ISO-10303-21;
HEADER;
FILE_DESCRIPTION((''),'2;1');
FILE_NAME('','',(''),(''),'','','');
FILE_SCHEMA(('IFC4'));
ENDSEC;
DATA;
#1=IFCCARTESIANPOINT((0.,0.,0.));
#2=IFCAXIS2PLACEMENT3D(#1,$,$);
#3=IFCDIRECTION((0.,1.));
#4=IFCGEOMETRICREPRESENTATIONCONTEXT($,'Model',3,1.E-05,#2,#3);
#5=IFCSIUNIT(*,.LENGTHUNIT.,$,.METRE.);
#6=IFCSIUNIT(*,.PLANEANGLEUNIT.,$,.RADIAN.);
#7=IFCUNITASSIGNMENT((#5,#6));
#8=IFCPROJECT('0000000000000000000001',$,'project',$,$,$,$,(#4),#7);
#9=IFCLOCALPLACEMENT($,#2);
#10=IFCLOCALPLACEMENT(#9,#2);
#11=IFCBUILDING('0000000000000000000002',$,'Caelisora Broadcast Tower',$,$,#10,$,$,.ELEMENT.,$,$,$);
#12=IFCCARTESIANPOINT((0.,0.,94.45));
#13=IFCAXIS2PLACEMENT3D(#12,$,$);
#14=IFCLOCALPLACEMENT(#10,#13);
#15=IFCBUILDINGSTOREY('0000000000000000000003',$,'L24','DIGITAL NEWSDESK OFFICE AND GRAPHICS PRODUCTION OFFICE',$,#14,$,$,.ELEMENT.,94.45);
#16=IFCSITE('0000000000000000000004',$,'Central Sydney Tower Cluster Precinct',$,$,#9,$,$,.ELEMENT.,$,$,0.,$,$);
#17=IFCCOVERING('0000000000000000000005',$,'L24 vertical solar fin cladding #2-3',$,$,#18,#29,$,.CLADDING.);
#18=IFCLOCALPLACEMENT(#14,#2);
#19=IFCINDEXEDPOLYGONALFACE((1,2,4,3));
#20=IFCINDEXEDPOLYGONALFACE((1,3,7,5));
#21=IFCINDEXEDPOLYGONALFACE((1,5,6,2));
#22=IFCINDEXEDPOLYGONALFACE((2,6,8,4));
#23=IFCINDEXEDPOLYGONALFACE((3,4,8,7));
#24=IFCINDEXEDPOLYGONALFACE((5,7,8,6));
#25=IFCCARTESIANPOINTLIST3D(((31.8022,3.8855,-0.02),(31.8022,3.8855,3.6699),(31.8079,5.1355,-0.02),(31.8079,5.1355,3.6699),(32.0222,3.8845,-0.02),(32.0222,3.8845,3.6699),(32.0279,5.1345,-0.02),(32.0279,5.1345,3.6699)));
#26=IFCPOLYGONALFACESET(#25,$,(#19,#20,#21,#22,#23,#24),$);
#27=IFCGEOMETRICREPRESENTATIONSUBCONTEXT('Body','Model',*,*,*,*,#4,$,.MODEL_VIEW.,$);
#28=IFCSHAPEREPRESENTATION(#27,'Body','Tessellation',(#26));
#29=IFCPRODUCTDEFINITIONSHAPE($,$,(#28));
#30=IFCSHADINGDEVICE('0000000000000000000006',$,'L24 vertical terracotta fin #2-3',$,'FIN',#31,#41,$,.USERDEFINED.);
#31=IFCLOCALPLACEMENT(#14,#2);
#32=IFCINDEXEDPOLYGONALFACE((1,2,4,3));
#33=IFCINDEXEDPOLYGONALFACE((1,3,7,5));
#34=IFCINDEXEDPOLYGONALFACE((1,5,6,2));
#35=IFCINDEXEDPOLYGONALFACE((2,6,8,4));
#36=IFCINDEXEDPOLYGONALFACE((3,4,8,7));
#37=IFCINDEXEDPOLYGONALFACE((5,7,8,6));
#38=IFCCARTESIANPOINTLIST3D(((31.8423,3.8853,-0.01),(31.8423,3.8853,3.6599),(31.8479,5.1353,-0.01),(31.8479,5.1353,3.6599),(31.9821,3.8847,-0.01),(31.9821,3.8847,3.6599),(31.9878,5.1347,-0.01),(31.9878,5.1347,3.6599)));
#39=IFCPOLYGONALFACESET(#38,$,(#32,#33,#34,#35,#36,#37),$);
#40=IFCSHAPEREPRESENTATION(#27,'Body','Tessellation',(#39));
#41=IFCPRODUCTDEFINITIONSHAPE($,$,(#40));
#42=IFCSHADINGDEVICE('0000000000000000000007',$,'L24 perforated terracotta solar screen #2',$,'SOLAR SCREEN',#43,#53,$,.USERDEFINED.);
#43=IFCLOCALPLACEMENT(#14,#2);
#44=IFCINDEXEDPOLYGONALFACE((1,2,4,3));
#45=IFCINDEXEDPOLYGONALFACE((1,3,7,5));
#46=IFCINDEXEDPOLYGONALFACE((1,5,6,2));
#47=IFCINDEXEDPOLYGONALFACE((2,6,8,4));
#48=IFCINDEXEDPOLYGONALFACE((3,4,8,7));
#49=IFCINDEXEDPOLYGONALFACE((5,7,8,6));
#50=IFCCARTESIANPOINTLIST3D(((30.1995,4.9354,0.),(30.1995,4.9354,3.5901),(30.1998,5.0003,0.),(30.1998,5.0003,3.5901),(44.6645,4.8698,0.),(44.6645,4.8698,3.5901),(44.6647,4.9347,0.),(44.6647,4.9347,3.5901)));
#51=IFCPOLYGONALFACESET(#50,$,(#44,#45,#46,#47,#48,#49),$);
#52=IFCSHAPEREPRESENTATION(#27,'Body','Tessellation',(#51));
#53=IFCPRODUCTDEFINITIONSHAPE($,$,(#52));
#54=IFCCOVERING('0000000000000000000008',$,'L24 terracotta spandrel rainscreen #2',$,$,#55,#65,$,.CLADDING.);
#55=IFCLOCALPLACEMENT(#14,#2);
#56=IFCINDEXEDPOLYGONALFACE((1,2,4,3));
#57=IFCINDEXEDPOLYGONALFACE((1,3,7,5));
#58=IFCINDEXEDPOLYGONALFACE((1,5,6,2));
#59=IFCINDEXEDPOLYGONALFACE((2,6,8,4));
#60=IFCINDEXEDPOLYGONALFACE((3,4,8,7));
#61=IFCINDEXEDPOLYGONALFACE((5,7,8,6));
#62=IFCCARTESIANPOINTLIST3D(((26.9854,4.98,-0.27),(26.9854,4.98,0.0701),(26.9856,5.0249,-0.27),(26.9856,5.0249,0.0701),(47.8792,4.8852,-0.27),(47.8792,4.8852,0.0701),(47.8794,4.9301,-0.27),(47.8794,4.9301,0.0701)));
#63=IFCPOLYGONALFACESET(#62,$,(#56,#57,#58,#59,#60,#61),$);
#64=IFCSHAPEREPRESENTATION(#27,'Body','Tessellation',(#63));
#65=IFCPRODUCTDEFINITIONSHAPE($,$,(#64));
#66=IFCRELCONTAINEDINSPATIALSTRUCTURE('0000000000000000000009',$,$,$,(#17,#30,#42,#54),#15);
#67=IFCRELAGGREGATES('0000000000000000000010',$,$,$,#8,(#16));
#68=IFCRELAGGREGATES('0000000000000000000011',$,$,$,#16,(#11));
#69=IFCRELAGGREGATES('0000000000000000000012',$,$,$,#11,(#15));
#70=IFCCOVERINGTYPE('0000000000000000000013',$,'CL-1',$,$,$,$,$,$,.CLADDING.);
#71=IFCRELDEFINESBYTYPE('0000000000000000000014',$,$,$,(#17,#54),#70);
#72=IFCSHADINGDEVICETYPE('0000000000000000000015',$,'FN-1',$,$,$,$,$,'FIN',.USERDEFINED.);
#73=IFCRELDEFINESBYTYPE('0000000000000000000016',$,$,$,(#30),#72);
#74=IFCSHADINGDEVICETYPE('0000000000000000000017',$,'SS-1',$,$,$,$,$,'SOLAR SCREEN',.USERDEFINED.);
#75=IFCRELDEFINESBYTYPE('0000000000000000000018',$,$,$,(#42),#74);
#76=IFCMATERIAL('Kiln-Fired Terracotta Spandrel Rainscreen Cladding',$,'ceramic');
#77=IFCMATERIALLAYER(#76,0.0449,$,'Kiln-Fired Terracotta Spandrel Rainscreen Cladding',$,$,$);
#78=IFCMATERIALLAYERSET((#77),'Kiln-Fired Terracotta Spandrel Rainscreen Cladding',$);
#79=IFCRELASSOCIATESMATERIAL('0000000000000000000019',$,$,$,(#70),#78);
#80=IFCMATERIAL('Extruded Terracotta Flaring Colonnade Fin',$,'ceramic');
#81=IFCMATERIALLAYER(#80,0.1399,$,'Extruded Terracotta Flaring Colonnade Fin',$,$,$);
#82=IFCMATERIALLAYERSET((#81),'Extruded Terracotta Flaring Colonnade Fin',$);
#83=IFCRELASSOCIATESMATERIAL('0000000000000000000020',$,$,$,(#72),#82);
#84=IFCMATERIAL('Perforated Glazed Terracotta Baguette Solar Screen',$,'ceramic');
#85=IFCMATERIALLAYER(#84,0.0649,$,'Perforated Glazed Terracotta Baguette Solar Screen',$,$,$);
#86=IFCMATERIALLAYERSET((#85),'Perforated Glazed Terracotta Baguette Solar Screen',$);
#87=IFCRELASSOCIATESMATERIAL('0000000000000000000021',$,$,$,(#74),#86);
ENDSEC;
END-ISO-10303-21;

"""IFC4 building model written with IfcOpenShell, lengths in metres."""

from ifc_helpers import new_model, si_unit, direction, frame, origin, origin_2d, place, context, subcontext, project, spatial, rectangle, extrude, source, transform, mapped, material, layer, layer_set, type_object, type_shapes, element, save


model = new_model("IFC4")

# Units and contexts
model_context = context("Model", 3, precision=1e-05, world=origin(), true_north=direction((0.0, 1.0)))
body_context = subcontext(model_context, "Body", "Model", "MODEL_VIEW")
ifc_project = project(units=[si_unit("LENGTHUNIT", "METRE"), si_unit("PLANEANGLEUNIT", "RADIAN")], contexts=[model_context])

# Site, building, storey
site_placement = place(None, origin())
site = spatial("IfcSite", under=ifc_project, at=site_placement, Name="Central Sydney Tower Cluster Precinct", CompositionType="ELEMENT", RefElevation=0.0)
building_placement = place(site_placement, origin())
building = spatial("IfcBuilding", under=site, at=building_placement, Name="Caelisora Broadcast Tower", CompositionType="ELEMENT")
storey_placement = place(building_placement, frame((0.0, 0.0, 94.45)))
storey = spatial("IfcBuildingStorey", under=building, at=storey_placement, Name="L24", Description="DIGITAL NEWSDESK OFFICE AND GRAPHICS PRODUCTION OFFICE", CompositionType="ELEMENT", Elevation=94.45)

# Covering
ifc_material_1 = material(Name="Kiln-Fired Terracotta Spandrel Rainscreen Cladding", Category="ceramic")
ifc_layer_1 = layer(ifc_material_1, 0.0449, Name="Kiln-Fired Terracotta Spandrel Rainscreen Cladding")
ifc_layer_set_1 = layer_set([ifc_layer_1], Name="Kiln-Fired Terracotta Spandrel Rainscreen Cladding")
covering_type = type_object("IfcCoveringType", Name="CL-1", PredefinedType="CLADDING", material=ifc_layer_set_1)
shared_shape_1 = source(origin(), body_context, "Body", "SweptSolid", [
    extrude(rectangle(XDim=0.22, YDim=1.25, at=origin_2d()), origin(), (0.0, 0.0, 1.0), 3.6899),
])
covering_1_placement = place(storey_placement, frame((31.915, 4.51, -0.02), z_axis=(0.0, 0.0, 1.0), x_axis=(-0.99999, 0.004538, 0.0)))
element("IfcCovering", 1, at=covering_1_placement, inside=storey, type_object=covering_type, Name="L24 vertical solar fin cladding #2-3", PredefinedType="CLADDING", context=body_context, shape_type="MappedRepresentation", body=[
    mapped(shared_shape_1, transform((0.0, 0.0, 0.0), scale=1.0)),
])

# Shading devices
ifc_material_2 = material(Name="Extruded Terracotta Flaring Colonnade Fin", Category="ceramic")
ifc_layer_2 = layer(ifc_material_2, 0.1399, Name="Extruded Terracotta Flaring Colonnade Fin")
ifc_layer_set_2 = layer_set([ifc_layer_2], Name="Extruded Terracotta Flaring Colonnade Fin")
shading_device_type_1 = type_object("IfcShadingDeviceType", Name="FN-1", ElementType="FIN", PredefinedType="USERDEFINED", material=ifc_layer_set_2)
shared_shape_2 = source(origin(), body_context, "Body", "SweptSolid", [
    extrude(rectangle(XDim=0.1399, YDim=1.25, at=origin_2d()), origin(), (0.0, 0.0, 1.0), 3.6699),
])
type_shapes(shading_device_type_1, [shared_shape_2])
shading_device_1_placement = place(storey_placement, frame((31.915, 4.51, -0.01), z_axis=(0.0, 0.0, 1.0), x_axis=(-0.99999, 0.004538, 0.0)))
element("IfcShadingDevice", 2, at=shading_device_1_placement, inside=storey, type_object=shading_device_type_1, Name="L24 vertical terracotta fin #2-3", ObjectType="FIN", PredefinedType="USERDEFINED", context=body_context, shape_type="MappedRepresentation", body=[
    mapped(shared_shape_2, transform((0.0, 0.0, 0.0), scale=1.0)),
])
ifc_material_3 = material(Name="Perforated Glazed Terracotta Baguette Solar Screen", Category="ceramic")
ifc_layer_3 = layer(ifc_material_3, 0.0649, Name="Perforated Glazed Terracotta Baguette Solar Screen")
ifc_layer_set_3 = layer_set([ifc_layer_3], Name="Perforated Glazed Terracotta Baguette Solar Screen")
shading_device_type_2 = type_object("IfcShadingDeviceType", Name="SS-1", ElementType="SOLAR SCREEN", PredefinedType="USERDEFINED", material=ifc_layer_set_3)
shared_shape_3 = source(origin(), body_context, "Body", "SweptSolid", [
    extrude(rectangle(XDim=14.4651, YDim=0.0649, at=origin_2d()), origin(), (0.0, 0.0, 1.0), 3.5901),
])
type_shapes(shading_device_type_2, [shared_shape_3])
shading_device_2_placement = place(storey_placement, frame((37.4321, 4.9351, 0.0), z_axis=(0.0, 0.0, 1.0), x_axis=(0.99999, -0.004538, 0.0)))
element("IfcShadingDevice", 3, at=shading_device_2_placement, inside=storey, type_object=shading_device_type_2, Name="L24 perforated terracotta solar screen #2", ObjectType="SOLAR SCREEN", PredefinedType="USERDEFINED", context=body_context, shape_type="MappedRepresentation", body=[
    mapped(shared_shape_3, transform((0.0, 0.0, 0.0), scale=1.0)),
])

# Covering
shared_shape_4 = source(origin(), body_context, "Body", "SweptSolid", [
    extrude(rectangle(XDim=20.894, YDim=0.0449, at=origin_2d()), origin(), (0.0, 0.0, 1.0), 0.3401),
])
type_shapes(covering_type, [shared_shape_1, shared_shape_4])
covering_2_placement = place(storey_placement, frame((37.4324, 4.9551, -0.27), z_axis=(0.0, 0.0, 1.0), x_axis=(0.99999, -0.004538, 0.0)))
element("IfcCovering", 4, at=covering_2_placement, inside=storey, type_object=covering_type, Name="L24 terracotta spandrel rainscreen #2", PredefinedType="CLADDING", context=body_context, shape_type="MappedRepresentation", body=[
    mapped(shared_shape_4, transform((0.0, 0.0, 0.0), scale=1.0)),
])

save(model, "model.ifc")
